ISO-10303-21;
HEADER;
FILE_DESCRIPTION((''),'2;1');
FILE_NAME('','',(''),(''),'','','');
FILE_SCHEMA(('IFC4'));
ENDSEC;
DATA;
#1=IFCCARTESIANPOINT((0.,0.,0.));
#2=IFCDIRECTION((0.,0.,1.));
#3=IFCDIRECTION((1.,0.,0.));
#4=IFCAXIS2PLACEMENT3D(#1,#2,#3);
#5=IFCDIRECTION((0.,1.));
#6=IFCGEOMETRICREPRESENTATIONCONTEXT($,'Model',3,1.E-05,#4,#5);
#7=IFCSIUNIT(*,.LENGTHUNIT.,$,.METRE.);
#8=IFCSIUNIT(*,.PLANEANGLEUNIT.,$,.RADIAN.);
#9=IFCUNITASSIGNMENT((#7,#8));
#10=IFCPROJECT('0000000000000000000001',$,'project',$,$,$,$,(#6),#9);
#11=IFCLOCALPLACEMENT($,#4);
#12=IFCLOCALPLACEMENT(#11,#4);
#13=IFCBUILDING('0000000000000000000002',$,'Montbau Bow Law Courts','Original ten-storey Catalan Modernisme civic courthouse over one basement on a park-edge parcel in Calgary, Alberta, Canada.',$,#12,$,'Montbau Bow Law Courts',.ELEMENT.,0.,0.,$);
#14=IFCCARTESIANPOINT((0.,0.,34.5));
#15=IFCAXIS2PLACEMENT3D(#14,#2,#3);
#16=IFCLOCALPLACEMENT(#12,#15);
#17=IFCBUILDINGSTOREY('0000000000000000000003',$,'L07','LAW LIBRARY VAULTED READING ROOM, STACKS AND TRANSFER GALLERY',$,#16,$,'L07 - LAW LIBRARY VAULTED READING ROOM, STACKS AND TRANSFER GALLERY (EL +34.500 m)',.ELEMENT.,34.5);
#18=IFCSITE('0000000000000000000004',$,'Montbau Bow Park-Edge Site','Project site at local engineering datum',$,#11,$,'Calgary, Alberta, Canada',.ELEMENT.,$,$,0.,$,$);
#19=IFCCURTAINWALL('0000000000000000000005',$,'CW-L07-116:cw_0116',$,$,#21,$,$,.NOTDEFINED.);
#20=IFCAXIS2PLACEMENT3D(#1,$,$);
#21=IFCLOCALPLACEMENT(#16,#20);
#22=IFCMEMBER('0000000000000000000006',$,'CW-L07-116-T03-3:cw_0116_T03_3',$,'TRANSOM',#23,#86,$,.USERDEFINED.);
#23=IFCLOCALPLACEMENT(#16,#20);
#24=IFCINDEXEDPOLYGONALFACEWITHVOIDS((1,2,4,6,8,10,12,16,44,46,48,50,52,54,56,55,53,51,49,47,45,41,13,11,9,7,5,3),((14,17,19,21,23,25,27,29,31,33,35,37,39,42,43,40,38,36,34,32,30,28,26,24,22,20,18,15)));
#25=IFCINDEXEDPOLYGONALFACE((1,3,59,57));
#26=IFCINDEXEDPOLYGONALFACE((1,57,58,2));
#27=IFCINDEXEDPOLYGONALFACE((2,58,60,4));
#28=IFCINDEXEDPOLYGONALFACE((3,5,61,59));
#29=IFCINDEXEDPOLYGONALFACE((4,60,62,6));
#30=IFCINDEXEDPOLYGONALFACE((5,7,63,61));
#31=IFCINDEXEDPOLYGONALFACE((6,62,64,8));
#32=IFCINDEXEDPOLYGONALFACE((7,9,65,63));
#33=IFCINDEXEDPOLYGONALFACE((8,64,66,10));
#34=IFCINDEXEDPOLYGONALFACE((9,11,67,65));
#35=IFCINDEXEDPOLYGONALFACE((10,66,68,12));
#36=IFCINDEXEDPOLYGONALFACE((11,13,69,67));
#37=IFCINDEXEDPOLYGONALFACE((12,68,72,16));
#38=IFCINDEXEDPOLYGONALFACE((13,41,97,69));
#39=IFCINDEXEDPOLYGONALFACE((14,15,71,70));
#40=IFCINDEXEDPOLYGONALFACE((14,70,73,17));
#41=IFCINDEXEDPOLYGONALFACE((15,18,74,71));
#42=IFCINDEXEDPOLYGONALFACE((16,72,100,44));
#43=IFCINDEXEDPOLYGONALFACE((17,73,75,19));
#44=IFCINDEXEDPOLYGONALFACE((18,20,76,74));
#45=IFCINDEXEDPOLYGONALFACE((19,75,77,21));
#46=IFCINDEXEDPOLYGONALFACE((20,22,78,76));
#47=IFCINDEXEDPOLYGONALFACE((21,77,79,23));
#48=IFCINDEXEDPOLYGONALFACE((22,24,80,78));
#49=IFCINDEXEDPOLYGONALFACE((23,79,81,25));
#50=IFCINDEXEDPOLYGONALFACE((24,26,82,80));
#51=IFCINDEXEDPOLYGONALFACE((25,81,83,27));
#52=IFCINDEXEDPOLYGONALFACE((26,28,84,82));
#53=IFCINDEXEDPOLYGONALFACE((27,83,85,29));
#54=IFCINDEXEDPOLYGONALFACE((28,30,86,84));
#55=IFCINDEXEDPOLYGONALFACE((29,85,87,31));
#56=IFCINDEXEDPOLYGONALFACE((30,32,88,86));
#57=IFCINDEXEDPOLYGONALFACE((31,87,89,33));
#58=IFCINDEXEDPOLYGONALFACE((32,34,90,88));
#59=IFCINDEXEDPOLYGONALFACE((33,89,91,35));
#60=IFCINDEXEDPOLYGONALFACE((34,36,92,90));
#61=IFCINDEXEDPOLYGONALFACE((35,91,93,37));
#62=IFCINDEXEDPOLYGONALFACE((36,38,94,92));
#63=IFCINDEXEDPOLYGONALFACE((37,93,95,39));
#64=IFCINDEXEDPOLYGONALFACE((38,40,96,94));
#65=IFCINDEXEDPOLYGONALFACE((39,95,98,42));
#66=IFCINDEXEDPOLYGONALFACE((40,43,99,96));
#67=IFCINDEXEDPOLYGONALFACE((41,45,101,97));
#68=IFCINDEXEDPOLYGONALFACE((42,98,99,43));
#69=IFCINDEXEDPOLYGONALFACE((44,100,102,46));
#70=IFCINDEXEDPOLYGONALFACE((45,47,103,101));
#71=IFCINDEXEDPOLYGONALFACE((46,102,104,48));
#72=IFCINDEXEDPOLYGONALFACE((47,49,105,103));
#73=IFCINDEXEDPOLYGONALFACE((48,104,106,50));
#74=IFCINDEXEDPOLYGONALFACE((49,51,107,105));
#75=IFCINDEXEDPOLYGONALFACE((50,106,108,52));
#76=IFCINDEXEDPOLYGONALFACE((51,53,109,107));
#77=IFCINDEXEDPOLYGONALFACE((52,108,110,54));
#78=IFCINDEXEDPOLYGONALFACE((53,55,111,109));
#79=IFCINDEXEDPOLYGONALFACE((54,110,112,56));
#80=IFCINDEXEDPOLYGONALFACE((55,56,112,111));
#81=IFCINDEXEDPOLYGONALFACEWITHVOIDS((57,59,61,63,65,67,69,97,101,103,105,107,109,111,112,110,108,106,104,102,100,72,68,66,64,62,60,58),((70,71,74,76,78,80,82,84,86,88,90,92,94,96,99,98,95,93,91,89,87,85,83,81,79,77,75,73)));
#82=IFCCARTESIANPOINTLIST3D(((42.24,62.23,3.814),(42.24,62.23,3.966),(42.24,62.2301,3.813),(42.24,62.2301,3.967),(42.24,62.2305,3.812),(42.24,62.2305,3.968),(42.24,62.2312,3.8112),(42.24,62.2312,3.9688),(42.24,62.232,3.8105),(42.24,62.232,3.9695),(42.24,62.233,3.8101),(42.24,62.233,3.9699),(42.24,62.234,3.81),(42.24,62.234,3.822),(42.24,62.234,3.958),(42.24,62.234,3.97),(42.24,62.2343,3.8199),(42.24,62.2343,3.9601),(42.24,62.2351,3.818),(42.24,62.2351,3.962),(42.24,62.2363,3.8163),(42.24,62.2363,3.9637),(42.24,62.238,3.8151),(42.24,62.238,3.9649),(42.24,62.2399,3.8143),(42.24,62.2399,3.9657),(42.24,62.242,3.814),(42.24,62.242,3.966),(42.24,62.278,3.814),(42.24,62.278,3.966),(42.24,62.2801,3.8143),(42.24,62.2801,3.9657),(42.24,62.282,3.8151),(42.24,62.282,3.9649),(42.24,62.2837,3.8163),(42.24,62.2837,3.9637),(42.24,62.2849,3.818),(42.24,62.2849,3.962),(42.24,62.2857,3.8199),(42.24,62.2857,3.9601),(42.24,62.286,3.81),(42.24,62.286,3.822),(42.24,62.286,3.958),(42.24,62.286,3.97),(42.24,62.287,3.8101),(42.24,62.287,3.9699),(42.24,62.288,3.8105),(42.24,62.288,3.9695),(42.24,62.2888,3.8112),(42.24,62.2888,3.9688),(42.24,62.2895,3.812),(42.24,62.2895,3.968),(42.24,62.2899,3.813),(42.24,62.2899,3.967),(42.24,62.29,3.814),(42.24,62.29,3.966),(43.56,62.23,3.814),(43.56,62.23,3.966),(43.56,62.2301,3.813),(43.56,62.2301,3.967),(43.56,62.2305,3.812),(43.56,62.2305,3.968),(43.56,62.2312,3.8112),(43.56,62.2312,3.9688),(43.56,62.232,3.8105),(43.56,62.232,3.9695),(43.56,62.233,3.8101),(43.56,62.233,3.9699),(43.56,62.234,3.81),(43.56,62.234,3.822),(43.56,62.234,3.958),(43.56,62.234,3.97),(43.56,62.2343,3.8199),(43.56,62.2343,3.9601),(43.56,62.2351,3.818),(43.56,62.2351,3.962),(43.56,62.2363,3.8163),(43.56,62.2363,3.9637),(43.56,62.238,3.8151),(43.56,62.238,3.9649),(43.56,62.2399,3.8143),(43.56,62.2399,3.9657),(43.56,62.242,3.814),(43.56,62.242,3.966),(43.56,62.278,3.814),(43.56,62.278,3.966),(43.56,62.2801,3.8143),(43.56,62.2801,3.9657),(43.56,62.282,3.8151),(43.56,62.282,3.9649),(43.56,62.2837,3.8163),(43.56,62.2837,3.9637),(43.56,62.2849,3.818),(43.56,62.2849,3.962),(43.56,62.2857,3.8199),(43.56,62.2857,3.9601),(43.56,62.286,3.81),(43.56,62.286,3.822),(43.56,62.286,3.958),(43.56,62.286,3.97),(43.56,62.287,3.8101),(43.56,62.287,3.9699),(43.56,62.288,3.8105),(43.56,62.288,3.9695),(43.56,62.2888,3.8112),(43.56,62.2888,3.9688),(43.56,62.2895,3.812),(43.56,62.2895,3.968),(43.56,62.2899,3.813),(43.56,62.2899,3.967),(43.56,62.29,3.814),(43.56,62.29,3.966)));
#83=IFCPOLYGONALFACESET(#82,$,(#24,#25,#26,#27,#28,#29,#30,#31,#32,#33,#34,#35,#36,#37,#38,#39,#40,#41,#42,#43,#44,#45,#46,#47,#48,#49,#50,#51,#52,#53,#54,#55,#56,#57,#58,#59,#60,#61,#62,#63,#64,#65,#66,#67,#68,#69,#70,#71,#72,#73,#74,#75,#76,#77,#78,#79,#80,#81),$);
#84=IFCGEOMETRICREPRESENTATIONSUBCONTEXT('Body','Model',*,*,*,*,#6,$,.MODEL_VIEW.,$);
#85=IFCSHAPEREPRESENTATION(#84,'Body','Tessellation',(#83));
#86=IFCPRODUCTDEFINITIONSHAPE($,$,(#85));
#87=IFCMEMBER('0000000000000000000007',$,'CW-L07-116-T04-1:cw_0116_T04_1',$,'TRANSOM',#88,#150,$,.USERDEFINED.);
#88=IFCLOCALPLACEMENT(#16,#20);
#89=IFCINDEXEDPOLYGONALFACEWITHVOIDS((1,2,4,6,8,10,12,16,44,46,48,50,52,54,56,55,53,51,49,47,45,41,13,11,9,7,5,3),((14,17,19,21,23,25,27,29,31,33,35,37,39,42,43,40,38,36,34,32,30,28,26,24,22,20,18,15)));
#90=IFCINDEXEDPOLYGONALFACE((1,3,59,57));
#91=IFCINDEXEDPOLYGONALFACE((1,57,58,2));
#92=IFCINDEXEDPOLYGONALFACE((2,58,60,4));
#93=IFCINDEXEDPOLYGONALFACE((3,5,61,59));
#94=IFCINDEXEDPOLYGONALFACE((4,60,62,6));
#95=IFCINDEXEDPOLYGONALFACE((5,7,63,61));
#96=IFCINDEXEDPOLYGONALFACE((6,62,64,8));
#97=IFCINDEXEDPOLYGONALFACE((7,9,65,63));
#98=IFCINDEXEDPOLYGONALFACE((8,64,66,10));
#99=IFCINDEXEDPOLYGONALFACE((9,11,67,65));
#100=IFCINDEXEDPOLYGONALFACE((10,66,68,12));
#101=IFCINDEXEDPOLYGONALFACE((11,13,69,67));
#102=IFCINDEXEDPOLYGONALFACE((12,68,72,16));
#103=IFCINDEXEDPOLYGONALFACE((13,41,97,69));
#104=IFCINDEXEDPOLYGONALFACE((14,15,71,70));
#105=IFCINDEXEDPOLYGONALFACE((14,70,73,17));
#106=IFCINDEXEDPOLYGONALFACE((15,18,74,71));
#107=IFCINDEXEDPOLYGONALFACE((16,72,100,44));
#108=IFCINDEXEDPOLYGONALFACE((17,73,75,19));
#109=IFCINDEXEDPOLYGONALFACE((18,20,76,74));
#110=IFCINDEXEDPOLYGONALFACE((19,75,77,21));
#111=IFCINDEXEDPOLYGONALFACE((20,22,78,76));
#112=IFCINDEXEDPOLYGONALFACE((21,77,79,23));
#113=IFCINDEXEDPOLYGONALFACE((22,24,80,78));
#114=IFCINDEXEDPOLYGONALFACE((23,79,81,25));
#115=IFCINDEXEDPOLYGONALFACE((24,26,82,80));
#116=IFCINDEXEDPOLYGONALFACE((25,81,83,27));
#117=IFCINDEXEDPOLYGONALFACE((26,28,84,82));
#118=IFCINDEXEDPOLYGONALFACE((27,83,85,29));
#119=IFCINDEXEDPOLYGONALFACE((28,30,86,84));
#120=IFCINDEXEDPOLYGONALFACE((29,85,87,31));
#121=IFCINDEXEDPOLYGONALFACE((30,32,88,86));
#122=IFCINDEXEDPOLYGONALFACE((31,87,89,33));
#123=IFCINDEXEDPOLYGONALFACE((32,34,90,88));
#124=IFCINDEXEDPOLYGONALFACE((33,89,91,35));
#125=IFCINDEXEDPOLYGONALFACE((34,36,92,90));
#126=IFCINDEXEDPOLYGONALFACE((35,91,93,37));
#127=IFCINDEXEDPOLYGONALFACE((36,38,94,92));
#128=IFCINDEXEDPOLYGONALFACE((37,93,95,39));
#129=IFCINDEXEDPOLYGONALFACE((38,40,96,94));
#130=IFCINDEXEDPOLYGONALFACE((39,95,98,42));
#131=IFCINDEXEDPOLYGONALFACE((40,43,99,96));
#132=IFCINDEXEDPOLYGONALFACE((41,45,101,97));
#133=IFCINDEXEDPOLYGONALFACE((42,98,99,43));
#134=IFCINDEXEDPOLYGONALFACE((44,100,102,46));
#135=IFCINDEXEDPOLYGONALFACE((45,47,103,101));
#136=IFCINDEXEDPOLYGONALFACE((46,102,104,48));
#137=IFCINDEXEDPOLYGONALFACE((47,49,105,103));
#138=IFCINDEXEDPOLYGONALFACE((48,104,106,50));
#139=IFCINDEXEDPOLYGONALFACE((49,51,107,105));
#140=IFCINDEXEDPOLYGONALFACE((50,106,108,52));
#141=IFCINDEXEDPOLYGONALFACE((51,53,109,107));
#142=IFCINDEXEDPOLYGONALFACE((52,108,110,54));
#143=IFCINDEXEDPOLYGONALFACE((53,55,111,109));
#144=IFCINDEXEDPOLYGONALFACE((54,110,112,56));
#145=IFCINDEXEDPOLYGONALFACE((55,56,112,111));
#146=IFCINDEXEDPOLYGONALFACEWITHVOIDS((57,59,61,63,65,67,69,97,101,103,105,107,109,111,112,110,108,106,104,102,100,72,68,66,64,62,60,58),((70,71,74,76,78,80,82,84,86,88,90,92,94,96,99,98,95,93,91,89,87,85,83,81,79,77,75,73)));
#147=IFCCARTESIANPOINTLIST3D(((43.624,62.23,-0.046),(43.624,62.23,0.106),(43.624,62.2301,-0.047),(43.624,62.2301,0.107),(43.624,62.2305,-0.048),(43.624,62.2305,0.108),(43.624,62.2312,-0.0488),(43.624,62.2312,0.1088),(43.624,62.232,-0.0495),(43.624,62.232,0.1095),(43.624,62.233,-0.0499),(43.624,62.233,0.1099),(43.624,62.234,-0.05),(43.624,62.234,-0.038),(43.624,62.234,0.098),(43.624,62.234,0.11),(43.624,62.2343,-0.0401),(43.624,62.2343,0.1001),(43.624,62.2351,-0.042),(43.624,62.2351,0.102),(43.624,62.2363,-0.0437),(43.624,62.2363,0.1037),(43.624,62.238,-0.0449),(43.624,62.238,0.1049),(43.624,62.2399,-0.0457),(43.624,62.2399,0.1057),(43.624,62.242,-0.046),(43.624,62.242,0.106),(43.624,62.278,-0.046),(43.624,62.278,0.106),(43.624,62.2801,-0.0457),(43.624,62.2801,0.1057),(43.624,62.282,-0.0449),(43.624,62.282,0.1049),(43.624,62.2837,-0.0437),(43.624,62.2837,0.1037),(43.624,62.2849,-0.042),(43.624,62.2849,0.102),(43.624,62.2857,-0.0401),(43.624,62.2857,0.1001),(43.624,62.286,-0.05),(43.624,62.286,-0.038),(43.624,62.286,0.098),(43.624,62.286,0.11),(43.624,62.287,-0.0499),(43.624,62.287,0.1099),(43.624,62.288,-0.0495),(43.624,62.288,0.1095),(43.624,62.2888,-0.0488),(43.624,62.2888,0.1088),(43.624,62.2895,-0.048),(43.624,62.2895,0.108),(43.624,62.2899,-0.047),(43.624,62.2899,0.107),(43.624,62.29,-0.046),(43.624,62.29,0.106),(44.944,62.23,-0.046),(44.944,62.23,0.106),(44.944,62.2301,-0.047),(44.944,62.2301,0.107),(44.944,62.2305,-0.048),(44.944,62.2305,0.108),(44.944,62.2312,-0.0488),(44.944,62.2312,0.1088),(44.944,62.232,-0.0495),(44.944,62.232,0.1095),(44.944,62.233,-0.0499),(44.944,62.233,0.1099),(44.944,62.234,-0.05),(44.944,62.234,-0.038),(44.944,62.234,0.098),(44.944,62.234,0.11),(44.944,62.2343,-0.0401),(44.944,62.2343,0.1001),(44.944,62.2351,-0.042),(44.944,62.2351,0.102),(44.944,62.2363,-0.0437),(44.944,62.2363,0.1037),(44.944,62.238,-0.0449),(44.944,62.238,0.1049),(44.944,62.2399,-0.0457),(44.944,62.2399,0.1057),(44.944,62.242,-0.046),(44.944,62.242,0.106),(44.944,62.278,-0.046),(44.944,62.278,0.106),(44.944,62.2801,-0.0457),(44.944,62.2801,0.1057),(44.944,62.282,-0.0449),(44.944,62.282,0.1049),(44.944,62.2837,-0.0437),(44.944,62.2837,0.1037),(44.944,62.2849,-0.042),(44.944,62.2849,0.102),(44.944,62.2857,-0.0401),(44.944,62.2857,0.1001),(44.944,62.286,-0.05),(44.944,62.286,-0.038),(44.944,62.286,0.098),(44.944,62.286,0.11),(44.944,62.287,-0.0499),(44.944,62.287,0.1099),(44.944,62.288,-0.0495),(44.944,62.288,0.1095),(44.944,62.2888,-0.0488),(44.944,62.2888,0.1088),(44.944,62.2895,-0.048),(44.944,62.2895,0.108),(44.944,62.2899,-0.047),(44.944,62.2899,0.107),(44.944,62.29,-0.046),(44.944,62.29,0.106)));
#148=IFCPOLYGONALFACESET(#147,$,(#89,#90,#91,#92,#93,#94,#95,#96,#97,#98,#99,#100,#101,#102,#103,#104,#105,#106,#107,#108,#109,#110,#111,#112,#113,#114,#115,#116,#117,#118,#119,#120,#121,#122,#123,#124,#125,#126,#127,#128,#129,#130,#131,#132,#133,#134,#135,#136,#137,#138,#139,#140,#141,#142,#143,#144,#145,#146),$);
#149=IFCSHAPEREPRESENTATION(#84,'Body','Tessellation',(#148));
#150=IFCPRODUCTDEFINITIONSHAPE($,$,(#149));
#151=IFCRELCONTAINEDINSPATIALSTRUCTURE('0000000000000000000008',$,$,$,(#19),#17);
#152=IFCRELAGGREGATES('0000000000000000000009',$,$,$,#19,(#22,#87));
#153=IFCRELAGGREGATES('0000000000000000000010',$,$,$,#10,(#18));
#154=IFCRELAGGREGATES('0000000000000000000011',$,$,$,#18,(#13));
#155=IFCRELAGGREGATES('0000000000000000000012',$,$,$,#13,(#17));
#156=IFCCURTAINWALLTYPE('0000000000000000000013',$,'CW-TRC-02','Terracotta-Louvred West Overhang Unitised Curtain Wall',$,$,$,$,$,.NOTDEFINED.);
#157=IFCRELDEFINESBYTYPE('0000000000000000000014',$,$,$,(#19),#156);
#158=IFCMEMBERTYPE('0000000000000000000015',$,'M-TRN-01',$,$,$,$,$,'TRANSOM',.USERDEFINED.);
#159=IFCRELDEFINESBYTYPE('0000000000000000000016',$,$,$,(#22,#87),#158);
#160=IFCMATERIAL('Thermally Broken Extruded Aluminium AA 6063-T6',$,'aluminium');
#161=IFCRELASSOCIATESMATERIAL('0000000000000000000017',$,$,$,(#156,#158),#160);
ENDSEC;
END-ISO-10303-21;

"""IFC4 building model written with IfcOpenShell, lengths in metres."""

from ifc_helpers import new_model, si_unit, direction, frame, origin_with_axes, origin_2d_with_axis, place, context, subcontext, project, spatial, hollow_rectangle, extrude, material, material_profile, profile_set, type_object, element, aggregate, save


model = new_model("IFC4")

# Units and contexts
model_context = context("Model", 3, precision=1e-05, world=origin_with_axes(), true_north=direction((0.0, 1.0)))
body_context = subcontext(model_context, "Body", "Model", "MODEL_VIEW")
ifc_project = project(units=[si_unit("LENGTHUNIT", "METRE"), si_unit("PLANEANGLEUNIT", "RADIAN")], contexts=[model_context])

# Site, building, storey
site_placement = place(None, origin_with_axes())
site = spatial("IfcSite", under=ifc_project, at=site_placement, Name="Montbau Bow Park-Edge Site", Description="Project site at local engineering datum", LongName="Calgary, Alberta, Canada", CompositionType="ELEMENT", RefElevation=0.0)
building_placement = place(site_placement, origin_with_axes())
building = spatial("IfcBuilding", under=site, at=building_placement, Name="Montbau Bow Law Courts", Description="Original ten-storey Catalan Modernisme civic courthouse over one basement on a park-edge parcel in Calgary, Alberta, Canada.", LongName="Montbau Bow Law Courts", CompositionType="ELEMENT", ElevationOfRefHeight=0.0, ElevationOfTerrain=0.0)
storey_placement = place(building_placement, frame((0.0, 0.0, 34.5), z_axis=(0.0, 0.0, 1.0), x_axis=(1.0, 0.0, 0.0)))
storey = spatial("IfcBuildingStorey", under=building, at=storey_placement, Name="L07", Description="LAW LIBRARY VAULTED READING ROOM, STACKS AND TRANSFER GALLERY", LongName="L07 - LAW LIBRARY VAULTED READING ROOM, STACKS AND TRANSFER GALLERY (EL +34.500 m)", CompositionType="ELEMENT", Elevation=34.5)

# Curtain wall, members
ifc_material_1 = material(Name="Thermally Broken Extruded Aluminium AA 6063-T6", Category="aluminium")
curtain_wall_type = type_object("IfcCurtainWallType", Name="CW-TRC-02", Description="Terracotta-Louvred West Overhang Unitised Curtain Wall", PredefinedType="NOTDEFINED", material=ifc_material_1)
curtain_wall_placement = place(None, frame((39.44, 62.26, 34.5), z_axis=(0.0, 0.0, 1.0), x_axis=(1.0, 0.0, 0.0)))
curtain_wall = element("IfcCurtainWall", 1, at=curtain_wall_placement, inside=storey, type_object=curtain_wall_type, Name="CW-L07-116:cw_0116", PredefinedType="NOTDEFINED")
ifc_material_profile_1 = material_profile(ifc_material_1, hollow_rectangle(XDim=0.06, YDim=0.16, WallThickness=0.004, InnerFilletRadius=0.008, OuterFilletRadius=0.004, at=origin_2d_with_axis()), Name="CWT-160X60", Category="Main", Priority=0)
ifc_profile_set_1 = profile_set([ifc_material_profile_1], Name="Thermally Broken Extruded Aluminium AA 6063-T6")
member_type_1 = type_object("IfcMemberType", Name="M-TRN-01", ElementType="TRANSOM", PredefinedType="USERDEFINED", material=ifc_profile_set_1)
member_1_placement = place(None, frame((42.24, 62.26, 38.39), z_axis=(1.0, 0.0, 0.0), x_axis=(0.0, 1.0, 0.0)))
member_1 = element("IfcMember", 2, at=member_1_placement, type_object=member_type_1, Name="CW-L07-116-T03-3:cw_0116_T03_3", ObjectType="TRANSOM", PredefinedType="USERDEFINED", context=body_context, shape_type="SweptSolid", body=[
    extrude(hollow_rectangle(XDim=0.06, YDim=0.16, WallThickness=0.004, InnerFilletRadius=0.008, OuterFilletRadius=0.004, at=origin_2d_with_axis()), origin_with_axes(), (0.0, 0.0, 1.0), 1.32),
])
member_2_placement = place(None, frame((43.624, 62.26, 34.53), z_axis=(1.0, 0.0, 0.0), x_axis=(0.0, 1.0, 0.0)))
member_2 = element("IfcMember", 3, at=member_2_placement, type_object=member_type_1, Name="CW-L07-116-T04-1:cw_0116_T04_1", ObjectType="TRANSOM", PredefinedType="USERDEFINED", context=body_context, shape_type="SweptSolid", body=[
    extrude(hollow_rectangle(XDim=0.06, YDim=0.16, WallThickness=0.004, InnerFilletRadius=0.008, OuterFilletRadius=0.004, at=origin_2d_with_axis()), origin_with_axes(), (0.0, 0.0, 1.0), 1.32),
])
aggregate(curtain_wall, [member_1, member_2])

save(model, "model.ifc")
